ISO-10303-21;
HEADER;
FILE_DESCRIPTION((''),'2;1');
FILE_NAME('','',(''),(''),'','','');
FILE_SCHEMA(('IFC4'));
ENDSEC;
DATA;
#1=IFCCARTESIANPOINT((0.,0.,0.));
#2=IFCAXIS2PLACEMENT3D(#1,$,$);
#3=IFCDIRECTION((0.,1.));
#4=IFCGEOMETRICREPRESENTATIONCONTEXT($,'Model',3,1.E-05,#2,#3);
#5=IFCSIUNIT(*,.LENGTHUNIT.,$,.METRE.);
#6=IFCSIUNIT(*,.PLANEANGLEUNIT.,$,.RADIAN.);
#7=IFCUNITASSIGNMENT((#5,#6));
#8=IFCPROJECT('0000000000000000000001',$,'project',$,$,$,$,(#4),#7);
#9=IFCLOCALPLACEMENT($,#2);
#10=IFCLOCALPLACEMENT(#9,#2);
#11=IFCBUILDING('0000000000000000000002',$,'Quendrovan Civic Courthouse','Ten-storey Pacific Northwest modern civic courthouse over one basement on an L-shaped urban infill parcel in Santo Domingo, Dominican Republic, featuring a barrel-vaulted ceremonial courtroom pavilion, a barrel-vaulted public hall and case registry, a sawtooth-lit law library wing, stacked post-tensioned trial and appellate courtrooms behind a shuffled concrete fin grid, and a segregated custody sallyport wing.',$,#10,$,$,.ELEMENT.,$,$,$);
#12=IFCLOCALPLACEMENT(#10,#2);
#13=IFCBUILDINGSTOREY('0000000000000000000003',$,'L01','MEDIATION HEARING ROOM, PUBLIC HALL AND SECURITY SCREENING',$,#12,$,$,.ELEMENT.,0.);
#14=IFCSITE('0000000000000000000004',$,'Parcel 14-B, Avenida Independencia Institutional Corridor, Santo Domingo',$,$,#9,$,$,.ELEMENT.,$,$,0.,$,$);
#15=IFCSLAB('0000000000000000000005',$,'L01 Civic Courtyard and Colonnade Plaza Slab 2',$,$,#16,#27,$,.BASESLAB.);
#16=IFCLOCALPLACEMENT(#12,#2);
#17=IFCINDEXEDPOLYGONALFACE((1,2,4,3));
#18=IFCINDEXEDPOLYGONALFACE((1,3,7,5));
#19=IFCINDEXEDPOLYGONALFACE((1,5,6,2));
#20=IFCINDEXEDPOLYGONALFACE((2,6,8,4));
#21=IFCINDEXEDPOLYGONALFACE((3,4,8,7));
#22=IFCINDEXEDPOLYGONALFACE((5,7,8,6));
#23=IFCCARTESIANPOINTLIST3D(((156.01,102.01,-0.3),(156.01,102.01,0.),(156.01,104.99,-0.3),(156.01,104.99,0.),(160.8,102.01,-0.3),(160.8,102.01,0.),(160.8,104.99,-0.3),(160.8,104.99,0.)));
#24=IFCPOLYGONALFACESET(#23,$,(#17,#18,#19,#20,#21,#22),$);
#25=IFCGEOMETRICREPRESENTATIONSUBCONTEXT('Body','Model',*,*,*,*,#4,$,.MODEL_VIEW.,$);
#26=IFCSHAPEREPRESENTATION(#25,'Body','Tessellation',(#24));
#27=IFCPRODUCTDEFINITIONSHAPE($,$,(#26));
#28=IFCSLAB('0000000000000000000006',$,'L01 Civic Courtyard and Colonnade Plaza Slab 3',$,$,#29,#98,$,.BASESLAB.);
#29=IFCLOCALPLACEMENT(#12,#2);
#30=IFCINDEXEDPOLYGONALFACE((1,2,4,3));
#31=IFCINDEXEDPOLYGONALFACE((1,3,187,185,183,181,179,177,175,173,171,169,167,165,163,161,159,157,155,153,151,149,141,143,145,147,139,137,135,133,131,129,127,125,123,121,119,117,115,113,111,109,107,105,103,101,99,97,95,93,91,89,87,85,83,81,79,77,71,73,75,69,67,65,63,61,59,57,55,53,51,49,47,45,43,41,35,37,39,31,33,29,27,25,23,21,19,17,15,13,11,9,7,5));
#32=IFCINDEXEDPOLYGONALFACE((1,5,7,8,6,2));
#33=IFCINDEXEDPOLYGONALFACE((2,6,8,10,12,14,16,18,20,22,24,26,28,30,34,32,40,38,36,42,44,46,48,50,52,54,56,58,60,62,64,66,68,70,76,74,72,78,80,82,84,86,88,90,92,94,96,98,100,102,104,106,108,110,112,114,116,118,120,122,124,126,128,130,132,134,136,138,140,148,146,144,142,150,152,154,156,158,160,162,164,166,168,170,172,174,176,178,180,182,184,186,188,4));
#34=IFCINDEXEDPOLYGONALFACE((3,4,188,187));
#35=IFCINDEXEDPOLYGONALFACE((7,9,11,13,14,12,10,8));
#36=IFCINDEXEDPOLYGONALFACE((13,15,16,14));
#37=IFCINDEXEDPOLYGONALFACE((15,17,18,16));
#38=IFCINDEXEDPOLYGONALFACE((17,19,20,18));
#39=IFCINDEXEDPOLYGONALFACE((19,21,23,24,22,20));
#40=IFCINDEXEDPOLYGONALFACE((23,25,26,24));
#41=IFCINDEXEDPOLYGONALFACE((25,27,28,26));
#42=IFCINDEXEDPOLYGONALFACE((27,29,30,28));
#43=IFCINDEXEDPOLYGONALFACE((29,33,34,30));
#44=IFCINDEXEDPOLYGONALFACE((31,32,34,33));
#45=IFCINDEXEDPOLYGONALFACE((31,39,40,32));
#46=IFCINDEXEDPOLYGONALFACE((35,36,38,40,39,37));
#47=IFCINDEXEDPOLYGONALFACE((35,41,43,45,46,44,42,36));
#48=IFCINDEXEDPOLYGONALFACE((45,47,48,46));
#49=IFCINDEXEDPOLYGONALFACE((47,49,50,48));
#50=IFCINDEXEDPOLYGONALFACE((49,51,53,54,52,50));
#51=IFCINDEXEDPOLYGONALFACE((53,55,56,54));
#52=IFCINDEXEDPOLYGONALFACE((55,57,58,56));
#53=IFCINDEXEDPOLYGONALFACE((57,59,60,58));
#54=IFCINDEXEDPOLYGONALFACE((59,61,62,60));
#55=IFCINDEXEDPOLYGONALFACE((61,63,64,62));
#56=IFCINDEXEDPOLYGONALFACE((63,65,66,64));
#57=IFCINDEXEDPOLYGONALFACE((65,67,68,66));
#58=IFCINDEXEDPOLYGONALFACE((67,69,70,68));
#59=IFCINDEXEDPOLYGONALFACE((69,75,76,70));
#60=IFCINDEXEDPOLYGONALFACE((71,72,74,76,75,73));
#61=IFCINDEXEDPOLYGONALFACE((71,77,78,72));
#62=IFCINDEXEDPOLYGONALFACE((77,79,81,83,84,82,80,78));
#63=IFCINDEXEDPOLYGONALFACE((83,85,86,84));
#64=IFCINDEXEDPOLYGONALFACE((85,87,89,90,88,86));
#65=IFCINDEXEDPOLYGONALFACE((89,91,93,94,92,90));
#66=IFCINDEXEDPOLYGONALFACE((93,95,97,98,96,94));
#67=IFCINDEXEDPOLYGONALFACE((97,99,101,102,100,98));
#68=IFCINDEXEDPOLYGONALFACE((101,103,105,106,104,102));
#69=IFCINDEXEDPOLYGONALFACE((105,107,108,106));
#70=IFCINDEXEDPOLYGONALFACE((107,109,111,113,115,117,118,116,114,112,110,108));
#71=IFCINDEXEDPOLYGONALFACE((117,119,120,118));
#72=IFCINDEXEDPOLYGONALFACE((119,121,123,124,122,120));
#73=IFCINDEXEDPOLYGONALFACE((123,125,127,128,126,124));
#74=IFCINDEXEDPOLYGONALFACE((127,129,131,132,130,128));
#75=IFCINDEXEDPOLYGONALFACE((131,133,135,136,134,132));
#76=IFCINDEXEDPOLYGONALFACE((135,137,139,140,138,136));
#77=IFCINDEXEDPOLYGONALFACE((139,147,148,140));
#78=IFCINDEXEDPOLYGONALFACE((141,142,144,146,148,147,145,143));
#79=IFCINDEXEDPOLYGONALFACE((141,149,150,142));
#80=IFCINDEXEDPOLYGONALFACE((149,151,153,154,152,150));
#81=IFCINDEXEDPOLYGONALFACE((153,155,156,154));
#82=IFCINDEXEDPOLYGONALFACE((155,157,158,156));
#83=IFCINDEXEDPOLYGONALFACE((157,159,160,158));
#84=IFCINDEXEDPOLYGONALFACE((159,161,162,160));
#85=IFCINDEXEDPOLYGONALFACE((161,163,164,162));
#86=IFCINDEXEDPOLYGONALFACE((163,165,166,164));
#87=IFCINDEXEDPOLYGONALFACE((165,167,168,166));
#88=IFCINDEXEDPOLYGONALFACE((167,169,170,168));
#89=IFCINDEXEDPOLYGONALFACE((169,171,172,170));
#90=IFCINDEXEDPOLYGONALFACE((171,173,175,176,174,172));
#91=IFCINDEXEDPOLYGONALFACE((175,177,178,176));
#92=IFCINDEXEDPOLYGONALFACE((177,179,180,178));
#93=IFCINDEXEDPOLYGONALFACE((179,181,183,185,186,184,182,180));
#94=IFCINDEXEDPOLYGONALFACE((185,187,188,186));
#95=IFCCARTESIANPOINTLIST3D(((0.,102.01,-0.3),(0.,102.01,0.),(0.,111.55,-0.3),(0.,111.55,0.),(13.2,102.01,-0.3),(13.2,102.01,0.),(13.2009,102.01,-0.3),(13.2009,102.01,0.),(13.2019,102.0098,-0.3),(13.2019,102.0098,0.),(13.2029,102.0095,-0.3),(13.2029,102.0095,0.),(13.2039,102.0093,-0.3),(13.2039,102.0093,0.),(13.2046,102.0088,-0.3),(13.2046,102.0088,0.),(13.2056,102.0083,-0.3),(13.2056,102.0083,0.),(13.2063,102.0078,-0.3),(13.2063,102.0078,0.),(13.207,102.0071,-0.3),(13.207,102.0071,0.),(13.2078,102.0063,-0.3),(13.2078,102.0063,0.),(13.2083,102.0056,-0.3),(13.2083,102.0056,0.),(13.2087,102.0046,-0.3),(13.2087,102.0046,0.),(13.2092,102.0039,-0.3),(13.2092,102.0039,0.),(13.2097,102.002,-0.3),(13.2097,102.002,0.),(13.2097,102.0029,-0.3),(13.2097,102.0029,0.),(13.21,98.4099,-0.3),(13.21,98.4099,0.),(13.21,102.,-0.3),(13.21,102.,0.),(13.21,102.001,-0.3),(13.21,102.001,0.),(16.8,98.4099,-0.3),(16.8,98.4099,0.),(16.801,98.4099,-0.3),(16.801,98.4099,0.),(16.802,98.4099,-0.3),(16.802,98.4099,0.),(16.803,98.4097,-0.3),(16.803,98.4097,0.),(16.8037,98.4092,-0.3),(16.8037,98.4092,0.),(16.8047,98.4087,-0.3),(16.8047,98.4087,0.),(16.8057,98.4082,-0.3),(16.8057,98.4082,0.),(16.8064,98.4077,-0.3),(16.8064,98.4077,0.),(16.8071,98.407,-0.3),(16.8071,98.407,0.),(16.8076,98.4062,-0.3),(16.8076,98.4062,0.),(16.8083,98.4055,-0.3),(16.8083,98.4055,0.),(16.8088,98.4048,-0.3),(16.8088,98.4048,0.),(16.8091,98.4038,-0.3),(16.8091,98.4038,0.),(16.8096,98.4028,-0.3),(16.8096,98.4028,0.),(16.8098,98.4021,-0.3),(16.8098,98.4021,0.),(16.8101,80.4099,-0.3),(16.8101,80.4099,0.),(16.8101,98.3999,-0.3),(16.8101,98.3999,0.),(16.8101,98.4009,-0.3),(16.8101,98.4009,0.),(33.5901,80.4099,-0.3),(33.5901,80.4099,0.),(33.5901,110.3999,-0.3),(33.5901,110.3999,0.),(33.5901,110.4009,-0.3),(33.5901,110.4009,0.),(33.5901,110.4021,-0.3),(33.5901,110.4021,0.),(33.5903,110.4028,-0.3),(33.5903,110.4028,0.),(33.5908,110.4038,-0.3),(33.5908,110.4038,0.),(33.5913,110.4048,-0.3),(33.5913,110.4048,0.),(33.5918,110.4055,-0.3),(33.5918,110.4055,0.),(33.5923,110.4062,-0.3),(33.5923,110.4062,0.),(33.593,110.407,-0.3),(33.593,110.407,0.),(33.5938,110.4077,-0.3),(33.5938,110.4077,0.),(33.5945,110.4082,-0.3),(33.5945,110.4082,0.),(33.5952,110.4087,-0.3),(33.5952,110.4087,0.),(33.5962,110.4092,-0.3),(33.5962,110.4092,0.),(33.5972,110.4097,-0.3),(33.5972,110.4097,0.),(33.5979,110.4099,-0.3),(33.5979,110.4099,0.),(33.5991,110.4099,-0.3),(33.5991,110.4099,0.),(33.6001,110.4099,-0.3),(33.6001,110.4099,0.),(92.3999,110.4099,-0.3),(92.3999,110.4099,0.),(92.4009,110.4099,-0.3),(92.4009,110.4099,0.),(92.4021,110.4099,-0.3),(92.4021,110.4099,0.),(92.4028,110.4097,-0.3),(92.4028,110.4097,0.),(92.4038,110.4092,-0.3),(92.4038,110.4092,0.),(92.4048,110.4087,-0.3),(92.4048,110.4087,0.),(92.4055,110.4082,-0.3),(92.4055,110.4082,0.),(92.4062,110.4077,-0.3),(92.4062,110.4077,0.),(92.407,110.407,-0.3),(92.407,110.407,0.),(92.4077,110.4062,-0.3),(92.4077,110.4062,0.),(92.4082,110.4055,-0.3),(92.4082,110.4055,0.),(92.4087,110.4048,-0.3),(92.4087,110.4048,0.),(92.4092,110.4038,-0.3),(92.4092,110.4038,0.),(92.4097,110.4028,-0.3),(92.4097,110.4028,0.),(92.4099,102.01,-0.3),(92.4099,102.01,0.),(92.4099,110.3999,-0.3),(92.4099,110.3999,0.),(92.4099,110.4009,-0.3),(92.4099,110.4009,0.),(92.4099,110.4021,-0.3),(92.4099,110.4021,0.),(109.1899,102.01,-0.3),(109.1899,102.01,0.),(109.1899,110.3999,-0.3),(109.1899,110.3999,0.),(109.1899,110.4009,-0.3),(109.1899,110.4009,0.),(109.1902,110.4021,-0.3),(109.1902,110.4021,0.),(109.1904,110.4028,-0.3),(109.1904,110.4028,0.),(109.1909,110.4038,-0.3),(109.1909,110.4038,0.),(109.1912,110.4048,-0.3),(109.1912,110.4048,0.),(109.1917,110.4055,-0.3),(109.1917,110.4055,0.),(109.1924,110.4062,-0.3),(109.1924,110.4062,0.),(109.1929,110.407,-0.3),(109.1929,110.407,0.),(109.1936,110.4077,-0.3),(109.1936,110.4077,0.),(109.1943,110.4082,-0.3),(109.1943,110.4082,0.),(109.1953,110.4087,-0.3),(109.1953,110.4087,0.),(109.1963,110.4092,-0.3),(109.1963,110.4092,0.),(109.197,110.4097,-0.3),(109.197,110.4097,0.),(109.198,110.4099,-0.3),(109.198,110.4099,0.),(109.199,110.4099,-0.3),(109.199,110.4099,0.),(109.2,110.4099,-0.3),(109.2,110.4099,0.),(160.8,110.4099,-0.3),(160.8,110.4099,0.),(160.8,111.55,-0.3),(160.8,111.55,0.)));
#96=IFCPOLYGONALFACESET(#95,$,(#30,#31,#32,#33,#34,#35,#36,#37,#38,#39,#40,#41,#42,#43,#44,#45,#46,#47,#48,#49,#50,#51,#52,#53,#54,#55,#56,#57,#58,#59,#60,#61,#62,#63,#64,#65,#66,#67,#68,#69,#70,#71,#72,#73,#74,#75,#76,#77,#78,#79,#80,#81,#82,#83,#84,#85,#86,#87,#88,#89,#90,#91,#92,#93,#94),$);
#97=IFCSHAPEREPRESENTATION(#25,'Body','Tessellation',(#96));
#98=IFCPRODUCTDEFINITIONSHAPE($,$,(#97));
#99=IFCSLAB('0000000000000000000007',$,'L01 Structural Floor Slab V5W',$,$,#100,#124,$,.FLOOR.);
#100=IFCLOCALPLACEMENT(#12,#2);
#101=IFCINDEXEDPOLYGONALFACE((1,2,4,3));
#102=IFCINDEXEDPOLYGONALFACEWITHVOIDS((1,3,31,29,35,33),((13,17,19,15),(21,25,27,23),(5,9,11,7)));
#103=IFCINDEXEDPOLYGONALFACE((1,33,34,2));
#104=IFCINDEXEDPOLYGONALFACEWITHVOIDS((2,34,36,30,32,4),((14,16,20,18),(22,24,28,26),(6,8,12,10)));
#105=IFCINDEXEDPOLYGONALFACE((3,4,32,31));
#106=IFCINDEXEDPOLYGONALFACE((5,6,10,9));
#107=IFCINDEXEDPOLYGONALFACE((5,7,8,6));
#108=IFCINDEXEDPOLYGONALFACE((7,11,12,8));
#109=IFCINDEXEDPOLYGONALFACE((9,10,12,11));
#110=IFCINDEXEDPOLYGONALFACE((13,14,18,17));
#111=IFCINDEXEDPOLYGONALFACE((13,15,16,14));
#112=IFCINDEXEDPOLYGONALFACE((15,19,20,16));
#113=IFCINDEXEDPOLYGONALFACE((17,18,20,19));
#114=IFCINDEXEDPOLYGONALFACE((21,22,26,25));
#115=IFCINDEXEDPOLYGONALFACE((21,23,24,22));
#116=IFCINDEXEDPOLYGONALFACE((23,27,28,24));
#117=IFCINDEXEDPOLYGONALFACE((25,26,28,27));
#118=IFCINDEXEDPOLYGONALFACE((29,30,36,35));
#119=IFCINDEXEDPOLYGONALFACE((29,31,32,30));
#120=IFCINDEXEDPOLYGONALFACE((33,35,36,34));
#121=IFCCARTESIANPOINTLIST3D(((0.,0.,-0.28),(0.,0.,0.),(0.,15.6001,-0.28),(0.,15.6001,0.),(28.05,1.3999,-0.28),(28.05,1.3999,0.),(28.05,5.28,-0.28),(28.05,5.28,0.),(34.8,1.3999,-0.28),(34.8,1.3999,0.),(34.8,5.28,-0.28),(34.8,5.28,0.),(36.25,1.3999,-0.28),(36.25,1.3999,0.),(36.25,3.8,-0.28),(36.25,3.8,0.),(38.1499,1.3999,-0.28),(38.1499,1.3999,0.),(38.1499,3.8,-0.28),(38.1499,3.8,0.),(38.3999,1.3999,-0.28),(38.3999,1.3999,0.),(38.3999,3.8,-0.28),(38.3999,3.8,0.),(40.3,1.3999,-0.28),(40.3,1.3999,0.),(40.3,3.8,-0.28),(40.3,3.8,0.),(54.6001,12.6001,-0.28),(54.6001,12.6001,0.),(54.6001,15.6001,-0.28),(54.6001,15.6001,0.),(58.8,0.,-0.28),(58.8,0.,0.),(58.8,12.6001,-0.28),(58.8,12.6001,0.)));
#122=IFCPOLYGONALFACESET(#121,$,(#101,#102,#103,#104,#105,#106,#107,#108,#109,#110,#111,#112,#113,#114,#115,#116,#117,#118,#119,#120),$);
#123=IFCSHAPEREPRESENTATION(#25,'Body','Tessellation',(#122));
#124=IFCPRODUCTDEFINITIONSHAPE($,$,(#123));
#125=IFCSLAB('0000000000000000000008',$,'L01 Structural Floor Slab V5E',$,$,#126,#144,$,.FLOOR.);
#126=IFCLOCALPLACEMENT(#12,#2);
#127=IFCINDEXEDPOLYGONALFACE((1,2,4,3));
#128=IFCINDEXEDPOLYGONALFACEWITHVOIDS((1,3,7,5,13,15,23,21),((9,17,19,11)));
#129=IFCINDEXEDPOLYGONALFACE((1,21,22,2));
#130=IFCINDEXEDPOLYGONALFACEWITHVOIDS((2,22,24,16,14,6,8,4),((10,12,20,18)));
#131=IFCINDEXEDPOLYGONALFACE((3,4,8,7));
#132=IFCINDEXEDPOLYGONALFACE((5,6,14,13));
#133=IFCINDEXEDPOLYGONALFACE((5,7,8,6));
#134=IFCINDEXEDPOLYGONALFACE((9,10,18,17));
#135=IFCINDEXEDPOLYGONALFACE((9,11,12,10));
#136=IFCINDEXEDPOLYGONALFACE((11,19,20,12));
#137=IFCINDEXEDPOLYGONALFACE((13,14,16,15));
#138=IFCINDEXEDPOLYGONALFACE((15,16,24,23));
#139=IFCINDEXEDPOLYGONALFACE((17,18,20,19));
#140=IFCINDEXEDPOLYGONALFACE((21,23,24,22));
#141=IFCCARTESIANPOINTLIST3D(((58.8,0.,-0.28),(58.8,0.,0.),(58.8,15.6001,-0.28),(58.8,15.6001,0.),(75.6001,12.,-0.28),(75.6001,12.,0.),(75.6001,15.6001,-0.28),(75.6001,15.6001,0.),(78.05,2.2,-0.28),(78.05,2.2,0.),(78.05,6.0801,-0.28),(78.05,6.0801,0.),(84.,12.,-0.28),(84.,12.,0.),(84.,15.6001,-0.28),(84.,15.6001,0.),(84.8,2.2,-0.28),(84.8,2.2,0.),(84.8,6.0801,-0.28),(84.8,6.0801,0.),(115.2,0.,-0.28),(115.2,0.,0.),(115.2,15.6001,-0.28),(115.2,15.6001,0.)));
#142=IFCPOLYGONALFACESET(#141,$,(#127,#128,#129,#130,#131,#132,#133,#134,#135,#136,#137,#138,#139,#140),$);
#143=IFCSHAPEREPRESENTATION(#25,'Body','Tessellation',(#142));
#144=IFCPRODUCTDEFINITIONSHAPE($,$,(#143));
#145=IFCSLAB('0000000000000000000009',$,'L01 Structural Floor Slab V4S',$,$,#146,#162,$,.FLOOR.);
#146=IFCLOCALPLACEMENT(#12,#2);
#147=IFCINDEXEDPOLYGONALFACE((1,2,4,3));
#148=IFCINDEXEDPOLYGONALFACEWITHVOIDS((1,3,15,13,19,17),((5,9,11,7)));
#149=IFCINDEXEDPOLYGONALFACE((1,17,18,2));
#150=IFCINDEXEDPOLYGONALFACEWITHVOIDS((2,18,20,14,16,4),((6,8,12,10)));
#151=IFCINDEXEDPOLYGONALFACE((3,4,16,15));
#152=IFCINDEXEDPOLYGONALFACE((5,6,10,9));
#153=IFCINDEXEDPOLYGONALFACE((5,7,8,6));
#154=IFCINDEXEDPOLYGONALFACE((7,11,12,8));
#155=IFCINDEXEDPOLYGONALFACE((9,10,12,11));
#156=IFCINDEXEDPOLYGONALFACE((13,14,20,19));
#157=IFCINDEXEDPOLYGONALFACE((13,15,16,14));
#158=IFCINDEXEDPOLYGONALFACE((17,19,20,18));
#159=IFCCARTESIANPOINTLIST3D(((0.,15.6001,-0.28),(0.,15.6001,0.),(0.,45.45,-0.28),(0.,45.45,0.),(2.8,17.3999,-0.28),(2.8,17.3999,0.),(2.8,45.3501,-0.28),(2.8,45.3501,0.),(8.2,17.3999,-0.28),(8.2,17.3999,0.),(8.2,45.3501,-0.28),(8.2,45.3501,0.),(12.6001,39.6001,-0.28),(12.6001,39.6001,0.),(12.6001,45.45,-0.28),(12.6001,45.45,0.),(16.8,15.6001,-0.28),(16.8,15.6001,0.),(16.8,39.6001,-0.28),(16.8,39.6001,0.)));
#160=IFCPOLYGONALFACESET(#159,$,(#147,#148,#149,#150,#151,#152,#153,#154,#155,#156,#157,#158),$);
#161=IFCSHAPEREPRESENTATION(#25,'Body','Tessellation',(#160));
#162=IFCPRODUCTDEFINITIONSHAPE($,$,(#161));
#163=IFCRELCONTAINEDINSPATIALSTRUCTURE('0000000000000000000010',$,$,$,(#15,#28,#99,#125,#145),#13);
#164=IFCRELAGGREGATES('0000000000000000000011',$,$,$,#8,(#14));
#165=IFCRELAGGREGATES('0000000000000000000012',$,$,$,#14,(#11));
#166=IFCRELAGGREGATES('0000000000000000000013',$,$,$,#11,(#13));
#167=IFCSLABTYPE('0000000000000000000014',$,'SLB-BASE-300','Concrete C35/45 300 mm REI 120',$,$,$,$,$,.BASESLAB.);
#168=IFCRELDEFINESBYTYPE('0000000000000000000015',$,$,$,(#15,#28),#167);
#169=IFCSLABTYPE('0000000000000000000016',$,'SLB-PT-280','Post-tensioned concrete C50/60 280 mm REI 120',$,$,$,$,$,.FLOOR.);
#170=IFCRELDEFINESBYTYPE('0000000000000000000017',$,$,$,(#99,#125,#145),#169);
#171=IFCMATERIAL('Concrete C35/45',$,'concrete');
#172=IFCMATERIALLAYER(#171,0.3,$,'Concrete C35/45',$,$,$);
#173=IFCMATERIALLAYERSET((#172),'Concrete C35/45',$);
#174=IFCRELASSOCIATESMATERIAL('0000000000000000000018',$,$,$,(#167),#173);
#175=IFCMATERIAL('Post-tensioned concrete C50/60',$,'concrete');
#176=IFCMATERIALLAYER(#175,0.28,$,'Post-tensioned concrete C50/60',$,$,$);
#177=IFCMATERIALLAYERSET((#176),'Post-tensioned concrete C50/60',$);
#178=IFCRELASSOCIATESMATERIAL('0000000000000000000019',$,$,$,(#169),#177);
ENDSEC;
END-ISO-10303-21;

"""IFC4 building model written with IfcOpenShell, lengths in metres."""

from ifc_helpers import new_model, si_unit, direction, frame, origin, place, context, subcontext, project, spatial, polyline, outline, extrude, material, layer, layer_set, type_object, element, save


model = new_model("IFC4")

# Units and contexts
model_context = context("Model", 3, precision=1e-05, world=origin(), true_north=direction((0.0, 1.0)))
body_context = subcontext(model_context, "Body", "Model", "MODEL_VIEW")
ifc_project = project(units=[si_unit("LENGTHUNIT", "METRE"), si_unit("PLANEANGLEUNIT", "RADIAN")], contexts=[model_context])

# Site, building, storey
site_placement = place(None, origin())
site = spatial("IfcSite", under=ifc_project, at=site_placement, Name="Parcel 14-B, Avenida Independencia Institutional Corridor, Santo Domingo", CompositionType="ELEMENT", RefElevation=0.0)
building_placement = place(site_placement, origin())
building = spatial("IfcBuilding", under=site, at=building_placement, Name="Quendrovan Civic Courthouse", Description="Ten-storey Pacific Northwest modern civic courthouse over one basement on an L-shaped urban infill parcel in Santo Domingo, Dominican Republic, featuring a barrel-vaulted ceremonial courtroom pavilion, a barrel-vaulted public hall and case registry, a sawtooth-lit law library wing, stacked post-tensioned trial and appellate courtrooms behind a shuffled concrete fin grid, and a segregated custody sallyport wing.", CompositionType="ELEMENT")
storey_placement = place(building_placement, origin())
storey = spatial("IfcBuildingStorey", under=building, at=storey_placement, Name="L01", Description="MEDIATION HEARING ROOM, PUBLIC HALL AND SECURITY SCREENING", CompositionType="ELEMENT", Elevation=0.0)

# Slabs
ifc_material_1 = material(Name="Concrete C35/45", Category="concrete")
ifc_layer_1 = layer(ifc_material_1, 0.3, Name="Concrete C35/45")
ifc_layer_set_1 = layer_set([ifc_layer_1], Name="Concrete C35/45")
slab_type_1 = type_object("IfcSlabType", Name="SLB-BASE-300", Description="Concrete C35/45 300 mm REI 120", PredefinedType="BASESLAB", material=ifc_layer_set_1)
slab_1_placement = place(storey_placement, frame((0.0, 0.0, -0.3)))
element("IfcSlab", 1, at=slab_1_placement, inside=storey, type_object=slab_type_1, Name="L01 Civic Courtyard and Colonnade Plaza Slab 2", PredefinedType="BASESLAB", context=body_context, shape_type="SweptSolid", body=[
    extrude(outline(polyline([(156.01, 102.01), (156.01, 104.99), (160.8, 104.99), (160.8, 102.01), (156.01, 102.01)])), origin(), (0.0, 0.0, 1.0), 0.3),
])
slab_2_placement = place(storey_placement, frame((0.0, 0.0, -0.3)))
element("IfcSlab", 2, at=slab_2_placement, inside=storey, type_object=slab_type_1, Name="L01 Civic Courtyard and Colonnade Plaza Slab 3", PredefinedType="BASESLAB", context=body_context, shape_type="SweptSolid", body=[
    extrude(outline(polyline([(160.8, 111.55), (160.8, 110.4099), (109.2, 110.4099), (109.199, 110.4099), (109.198, 110.4099), (109.197, 110.4097), (109.1963, 110.4092), (109.1953, 110.4087), (109.1943, 110.4082), (109.1936, 110.4077), (109.1929, 110.407), (109.1924, 110.4062), (109.1917, 110.4055), (109.1912, 110.4048), (109.1909, 110.4038), (109.1904, 110.4028), (109.1902, 110.4021), (109.1899, 110.4009), (109.1899, 110.3999), (109.1899, 102.01), (92.4099, 102.01), (92.4099, 110.3999), (92.4099, 110.4009), (92.4099, 110.4021), (92.4097, 110.4028), (92.4092, 110.4038), (92.4087, 110.4048), (92.4082, 110.4055), (92.4077, 110.4062), (92.407, 110.407), (92.4062, 110.4077), (92.4055, 110.4082), (92.4048, 110.4087), (92.4038, 110.4092), (92.4028, 110.4097), (92.4021, 110.4099), (92.4009, 110.4099), (92.3999, 110.4099), (33.6001, 110.4099), (33.5991, 110.4099), (33.5979, 110.4099), (33.5972, 110.4097), (33.5962, 110.4092), (33.5952, 110.4087), (33.5945, 110.4082), (33.5938, 110.4077), (33.593, 110.407), (33.5923, 110.4062), (33.5918, 110.4055), (33.5913, 110.4048), (33.5908, 110.4038), (33.5903, 110.4028), (33.5901, 110.4021), (33.5901, 110.4009), (33.5901, 110.3999), (33.5901, 80.4099), (16.8101, 80.4099), (16.8101, 98.3999), (16.8101, 98.4009), (16.8098, 98.4021), (16.8096, 98.4028), (16.8091, 98.4038), (16.8088, 98.4048), (16.8083, 98.4055), (16.8076, 98.4062), (16.8071, 98.407), (16.8064, 98.4077), (16.8057, 98.4082), (16.8047, 98.4087), (16.8037, 98.4092), (16.803, 98.4097), (16.802, 98.4099), (16.801, 98.4099), (16.8, 98.4099), (13.21, 98.4099), (13.21, 102.0), (13.21, 102.001), (13.2097, 102.002), (13.2097, 102.0029), (13.2092, 102.0039), (13.2087, 102.0046), (13.2083, 102.0056), (13.2078, 102.0063), (13.207, 102.0071), (13.2063, 102.0078), (13.2056, 102.0083), (13.2046, 102.0088), (13.2039, 102.0093), (13.2029, 102.0095), (13.2019, 102.0098), (13.2009, 102.01), (13.2, 102.01), (0.0, 102.01), (0.0, 111.55), (160.8, 111.55)])), origin(), (0.0, 0.0, 1.0), 0.3),
])
ifc_material_2 = material(Name="Post-tensioned concrete C50/60", Category="concrete")
ifc_layer_2 = layer(ifc_material_2, 0.28, Name="Post-tensioned concrete C50/60")
ifc_layer_set_2 = layer_set([ifc_layer_2], Name="Post-tensioned concrete C50/60")
slab_type_2 = type_object("IfcSlabType", Name="SLB-PT-280", Description="Post-tensioned concrete C50/60 280 mm REI 120", PredefinedType="FLOOR", material=ifc_layer_set_2)
slab_3_placement = place(storey_placement, frame((0.0, 0.0, -0.28)))
element("IfcSlab", 3, at=slab_3_placement, inside=storey, type_object=slab_type_2, Name="L01 Structural Floor Slab V5W", PredefinedType="FLOOR", context=body_context, shape_type="SweptSolid", body=[
    extrude(outline(polyline([(0.0, 0.0), (0.0, 15.6001), (54.6001, 15.6001), (54.6001, 12.6001), (58.8, 12.6001), (58.8, 0.0), (0.0, 0.0)]), holes=[polyline([(36.25, 1.3999), (38.1499, 1.3999), (38.1499, 3.8), (36.25, 3.8), (36.25, 1.3999)]), polyline([(38.3999, 3.8), (38.3999, 1.3999), (40.3, 1.3999), (40.3, 3.8), (38.3999, 3.8)]), polyline([(28.05, 5.28), (28.05, 1.3999), (34.8, 1.3999), (34.8, 5.28), (28.05, 5.28)])]), origin(), (0.0, 0.0, 1.0), 0.28),
])
slab_4_placement = place(storey_placement, frame((0.0, 0.0, -0.28)))
element("IfcSlab", 4, at=slab_4_placement, inside=storey, type_object=slab_type_2, Name="L01 Structural Floor Slab V5E", PredefinedType="FLOOR", context=body_context, shape_type="SweptSolid", body=[
    extrude(outline(polyline([(115.2, 0.0), (58.8, 0.0), (58.8, 15.6001), (75.6001, 15.6001), (75.6001, 12.0), (84.0, 12.0), (84.0, 15.6001), (115.2, 15.6001), (115.2, 0.0)]), holes=[polyline([(84.8, 2.2), (84.8, 6.0801), (78.05, 6.0801), (78.05, 2.2), (84.8, 2.2)])]), origin(), (0.0, 0.0, 1.0), 0.28),
])
slab_5_placement = place(storey_placement, frame((0.0, 0.0, -0.28)))
element("IfcSlab", 5, at=slab_5_placement, inside=storey, type_object=slab_type_2, Name="L01 Structural Floor Slab V4S", PredefinedType="FLOOR", context=body_context, shape_type="SweptSolid", body=[
    extrude(outline(polyline([(0.0, 15.6001), (0.0, 45.45), (12.6001, 45.45), (12.6001, 39.6001), (16.8, 39.6001), (16.8, 15.6001), (0.0, 15.6001)]), holes=[polyline([(8.2, 17.3999), (8.2, 45.3501), (2.8, 45.3501), (2.8, 17.3999), (8.2, 17.3999)])]), origin(), (0.0, 0.0, 1.0), 0.28),
])

save(model, "model.ifc")
